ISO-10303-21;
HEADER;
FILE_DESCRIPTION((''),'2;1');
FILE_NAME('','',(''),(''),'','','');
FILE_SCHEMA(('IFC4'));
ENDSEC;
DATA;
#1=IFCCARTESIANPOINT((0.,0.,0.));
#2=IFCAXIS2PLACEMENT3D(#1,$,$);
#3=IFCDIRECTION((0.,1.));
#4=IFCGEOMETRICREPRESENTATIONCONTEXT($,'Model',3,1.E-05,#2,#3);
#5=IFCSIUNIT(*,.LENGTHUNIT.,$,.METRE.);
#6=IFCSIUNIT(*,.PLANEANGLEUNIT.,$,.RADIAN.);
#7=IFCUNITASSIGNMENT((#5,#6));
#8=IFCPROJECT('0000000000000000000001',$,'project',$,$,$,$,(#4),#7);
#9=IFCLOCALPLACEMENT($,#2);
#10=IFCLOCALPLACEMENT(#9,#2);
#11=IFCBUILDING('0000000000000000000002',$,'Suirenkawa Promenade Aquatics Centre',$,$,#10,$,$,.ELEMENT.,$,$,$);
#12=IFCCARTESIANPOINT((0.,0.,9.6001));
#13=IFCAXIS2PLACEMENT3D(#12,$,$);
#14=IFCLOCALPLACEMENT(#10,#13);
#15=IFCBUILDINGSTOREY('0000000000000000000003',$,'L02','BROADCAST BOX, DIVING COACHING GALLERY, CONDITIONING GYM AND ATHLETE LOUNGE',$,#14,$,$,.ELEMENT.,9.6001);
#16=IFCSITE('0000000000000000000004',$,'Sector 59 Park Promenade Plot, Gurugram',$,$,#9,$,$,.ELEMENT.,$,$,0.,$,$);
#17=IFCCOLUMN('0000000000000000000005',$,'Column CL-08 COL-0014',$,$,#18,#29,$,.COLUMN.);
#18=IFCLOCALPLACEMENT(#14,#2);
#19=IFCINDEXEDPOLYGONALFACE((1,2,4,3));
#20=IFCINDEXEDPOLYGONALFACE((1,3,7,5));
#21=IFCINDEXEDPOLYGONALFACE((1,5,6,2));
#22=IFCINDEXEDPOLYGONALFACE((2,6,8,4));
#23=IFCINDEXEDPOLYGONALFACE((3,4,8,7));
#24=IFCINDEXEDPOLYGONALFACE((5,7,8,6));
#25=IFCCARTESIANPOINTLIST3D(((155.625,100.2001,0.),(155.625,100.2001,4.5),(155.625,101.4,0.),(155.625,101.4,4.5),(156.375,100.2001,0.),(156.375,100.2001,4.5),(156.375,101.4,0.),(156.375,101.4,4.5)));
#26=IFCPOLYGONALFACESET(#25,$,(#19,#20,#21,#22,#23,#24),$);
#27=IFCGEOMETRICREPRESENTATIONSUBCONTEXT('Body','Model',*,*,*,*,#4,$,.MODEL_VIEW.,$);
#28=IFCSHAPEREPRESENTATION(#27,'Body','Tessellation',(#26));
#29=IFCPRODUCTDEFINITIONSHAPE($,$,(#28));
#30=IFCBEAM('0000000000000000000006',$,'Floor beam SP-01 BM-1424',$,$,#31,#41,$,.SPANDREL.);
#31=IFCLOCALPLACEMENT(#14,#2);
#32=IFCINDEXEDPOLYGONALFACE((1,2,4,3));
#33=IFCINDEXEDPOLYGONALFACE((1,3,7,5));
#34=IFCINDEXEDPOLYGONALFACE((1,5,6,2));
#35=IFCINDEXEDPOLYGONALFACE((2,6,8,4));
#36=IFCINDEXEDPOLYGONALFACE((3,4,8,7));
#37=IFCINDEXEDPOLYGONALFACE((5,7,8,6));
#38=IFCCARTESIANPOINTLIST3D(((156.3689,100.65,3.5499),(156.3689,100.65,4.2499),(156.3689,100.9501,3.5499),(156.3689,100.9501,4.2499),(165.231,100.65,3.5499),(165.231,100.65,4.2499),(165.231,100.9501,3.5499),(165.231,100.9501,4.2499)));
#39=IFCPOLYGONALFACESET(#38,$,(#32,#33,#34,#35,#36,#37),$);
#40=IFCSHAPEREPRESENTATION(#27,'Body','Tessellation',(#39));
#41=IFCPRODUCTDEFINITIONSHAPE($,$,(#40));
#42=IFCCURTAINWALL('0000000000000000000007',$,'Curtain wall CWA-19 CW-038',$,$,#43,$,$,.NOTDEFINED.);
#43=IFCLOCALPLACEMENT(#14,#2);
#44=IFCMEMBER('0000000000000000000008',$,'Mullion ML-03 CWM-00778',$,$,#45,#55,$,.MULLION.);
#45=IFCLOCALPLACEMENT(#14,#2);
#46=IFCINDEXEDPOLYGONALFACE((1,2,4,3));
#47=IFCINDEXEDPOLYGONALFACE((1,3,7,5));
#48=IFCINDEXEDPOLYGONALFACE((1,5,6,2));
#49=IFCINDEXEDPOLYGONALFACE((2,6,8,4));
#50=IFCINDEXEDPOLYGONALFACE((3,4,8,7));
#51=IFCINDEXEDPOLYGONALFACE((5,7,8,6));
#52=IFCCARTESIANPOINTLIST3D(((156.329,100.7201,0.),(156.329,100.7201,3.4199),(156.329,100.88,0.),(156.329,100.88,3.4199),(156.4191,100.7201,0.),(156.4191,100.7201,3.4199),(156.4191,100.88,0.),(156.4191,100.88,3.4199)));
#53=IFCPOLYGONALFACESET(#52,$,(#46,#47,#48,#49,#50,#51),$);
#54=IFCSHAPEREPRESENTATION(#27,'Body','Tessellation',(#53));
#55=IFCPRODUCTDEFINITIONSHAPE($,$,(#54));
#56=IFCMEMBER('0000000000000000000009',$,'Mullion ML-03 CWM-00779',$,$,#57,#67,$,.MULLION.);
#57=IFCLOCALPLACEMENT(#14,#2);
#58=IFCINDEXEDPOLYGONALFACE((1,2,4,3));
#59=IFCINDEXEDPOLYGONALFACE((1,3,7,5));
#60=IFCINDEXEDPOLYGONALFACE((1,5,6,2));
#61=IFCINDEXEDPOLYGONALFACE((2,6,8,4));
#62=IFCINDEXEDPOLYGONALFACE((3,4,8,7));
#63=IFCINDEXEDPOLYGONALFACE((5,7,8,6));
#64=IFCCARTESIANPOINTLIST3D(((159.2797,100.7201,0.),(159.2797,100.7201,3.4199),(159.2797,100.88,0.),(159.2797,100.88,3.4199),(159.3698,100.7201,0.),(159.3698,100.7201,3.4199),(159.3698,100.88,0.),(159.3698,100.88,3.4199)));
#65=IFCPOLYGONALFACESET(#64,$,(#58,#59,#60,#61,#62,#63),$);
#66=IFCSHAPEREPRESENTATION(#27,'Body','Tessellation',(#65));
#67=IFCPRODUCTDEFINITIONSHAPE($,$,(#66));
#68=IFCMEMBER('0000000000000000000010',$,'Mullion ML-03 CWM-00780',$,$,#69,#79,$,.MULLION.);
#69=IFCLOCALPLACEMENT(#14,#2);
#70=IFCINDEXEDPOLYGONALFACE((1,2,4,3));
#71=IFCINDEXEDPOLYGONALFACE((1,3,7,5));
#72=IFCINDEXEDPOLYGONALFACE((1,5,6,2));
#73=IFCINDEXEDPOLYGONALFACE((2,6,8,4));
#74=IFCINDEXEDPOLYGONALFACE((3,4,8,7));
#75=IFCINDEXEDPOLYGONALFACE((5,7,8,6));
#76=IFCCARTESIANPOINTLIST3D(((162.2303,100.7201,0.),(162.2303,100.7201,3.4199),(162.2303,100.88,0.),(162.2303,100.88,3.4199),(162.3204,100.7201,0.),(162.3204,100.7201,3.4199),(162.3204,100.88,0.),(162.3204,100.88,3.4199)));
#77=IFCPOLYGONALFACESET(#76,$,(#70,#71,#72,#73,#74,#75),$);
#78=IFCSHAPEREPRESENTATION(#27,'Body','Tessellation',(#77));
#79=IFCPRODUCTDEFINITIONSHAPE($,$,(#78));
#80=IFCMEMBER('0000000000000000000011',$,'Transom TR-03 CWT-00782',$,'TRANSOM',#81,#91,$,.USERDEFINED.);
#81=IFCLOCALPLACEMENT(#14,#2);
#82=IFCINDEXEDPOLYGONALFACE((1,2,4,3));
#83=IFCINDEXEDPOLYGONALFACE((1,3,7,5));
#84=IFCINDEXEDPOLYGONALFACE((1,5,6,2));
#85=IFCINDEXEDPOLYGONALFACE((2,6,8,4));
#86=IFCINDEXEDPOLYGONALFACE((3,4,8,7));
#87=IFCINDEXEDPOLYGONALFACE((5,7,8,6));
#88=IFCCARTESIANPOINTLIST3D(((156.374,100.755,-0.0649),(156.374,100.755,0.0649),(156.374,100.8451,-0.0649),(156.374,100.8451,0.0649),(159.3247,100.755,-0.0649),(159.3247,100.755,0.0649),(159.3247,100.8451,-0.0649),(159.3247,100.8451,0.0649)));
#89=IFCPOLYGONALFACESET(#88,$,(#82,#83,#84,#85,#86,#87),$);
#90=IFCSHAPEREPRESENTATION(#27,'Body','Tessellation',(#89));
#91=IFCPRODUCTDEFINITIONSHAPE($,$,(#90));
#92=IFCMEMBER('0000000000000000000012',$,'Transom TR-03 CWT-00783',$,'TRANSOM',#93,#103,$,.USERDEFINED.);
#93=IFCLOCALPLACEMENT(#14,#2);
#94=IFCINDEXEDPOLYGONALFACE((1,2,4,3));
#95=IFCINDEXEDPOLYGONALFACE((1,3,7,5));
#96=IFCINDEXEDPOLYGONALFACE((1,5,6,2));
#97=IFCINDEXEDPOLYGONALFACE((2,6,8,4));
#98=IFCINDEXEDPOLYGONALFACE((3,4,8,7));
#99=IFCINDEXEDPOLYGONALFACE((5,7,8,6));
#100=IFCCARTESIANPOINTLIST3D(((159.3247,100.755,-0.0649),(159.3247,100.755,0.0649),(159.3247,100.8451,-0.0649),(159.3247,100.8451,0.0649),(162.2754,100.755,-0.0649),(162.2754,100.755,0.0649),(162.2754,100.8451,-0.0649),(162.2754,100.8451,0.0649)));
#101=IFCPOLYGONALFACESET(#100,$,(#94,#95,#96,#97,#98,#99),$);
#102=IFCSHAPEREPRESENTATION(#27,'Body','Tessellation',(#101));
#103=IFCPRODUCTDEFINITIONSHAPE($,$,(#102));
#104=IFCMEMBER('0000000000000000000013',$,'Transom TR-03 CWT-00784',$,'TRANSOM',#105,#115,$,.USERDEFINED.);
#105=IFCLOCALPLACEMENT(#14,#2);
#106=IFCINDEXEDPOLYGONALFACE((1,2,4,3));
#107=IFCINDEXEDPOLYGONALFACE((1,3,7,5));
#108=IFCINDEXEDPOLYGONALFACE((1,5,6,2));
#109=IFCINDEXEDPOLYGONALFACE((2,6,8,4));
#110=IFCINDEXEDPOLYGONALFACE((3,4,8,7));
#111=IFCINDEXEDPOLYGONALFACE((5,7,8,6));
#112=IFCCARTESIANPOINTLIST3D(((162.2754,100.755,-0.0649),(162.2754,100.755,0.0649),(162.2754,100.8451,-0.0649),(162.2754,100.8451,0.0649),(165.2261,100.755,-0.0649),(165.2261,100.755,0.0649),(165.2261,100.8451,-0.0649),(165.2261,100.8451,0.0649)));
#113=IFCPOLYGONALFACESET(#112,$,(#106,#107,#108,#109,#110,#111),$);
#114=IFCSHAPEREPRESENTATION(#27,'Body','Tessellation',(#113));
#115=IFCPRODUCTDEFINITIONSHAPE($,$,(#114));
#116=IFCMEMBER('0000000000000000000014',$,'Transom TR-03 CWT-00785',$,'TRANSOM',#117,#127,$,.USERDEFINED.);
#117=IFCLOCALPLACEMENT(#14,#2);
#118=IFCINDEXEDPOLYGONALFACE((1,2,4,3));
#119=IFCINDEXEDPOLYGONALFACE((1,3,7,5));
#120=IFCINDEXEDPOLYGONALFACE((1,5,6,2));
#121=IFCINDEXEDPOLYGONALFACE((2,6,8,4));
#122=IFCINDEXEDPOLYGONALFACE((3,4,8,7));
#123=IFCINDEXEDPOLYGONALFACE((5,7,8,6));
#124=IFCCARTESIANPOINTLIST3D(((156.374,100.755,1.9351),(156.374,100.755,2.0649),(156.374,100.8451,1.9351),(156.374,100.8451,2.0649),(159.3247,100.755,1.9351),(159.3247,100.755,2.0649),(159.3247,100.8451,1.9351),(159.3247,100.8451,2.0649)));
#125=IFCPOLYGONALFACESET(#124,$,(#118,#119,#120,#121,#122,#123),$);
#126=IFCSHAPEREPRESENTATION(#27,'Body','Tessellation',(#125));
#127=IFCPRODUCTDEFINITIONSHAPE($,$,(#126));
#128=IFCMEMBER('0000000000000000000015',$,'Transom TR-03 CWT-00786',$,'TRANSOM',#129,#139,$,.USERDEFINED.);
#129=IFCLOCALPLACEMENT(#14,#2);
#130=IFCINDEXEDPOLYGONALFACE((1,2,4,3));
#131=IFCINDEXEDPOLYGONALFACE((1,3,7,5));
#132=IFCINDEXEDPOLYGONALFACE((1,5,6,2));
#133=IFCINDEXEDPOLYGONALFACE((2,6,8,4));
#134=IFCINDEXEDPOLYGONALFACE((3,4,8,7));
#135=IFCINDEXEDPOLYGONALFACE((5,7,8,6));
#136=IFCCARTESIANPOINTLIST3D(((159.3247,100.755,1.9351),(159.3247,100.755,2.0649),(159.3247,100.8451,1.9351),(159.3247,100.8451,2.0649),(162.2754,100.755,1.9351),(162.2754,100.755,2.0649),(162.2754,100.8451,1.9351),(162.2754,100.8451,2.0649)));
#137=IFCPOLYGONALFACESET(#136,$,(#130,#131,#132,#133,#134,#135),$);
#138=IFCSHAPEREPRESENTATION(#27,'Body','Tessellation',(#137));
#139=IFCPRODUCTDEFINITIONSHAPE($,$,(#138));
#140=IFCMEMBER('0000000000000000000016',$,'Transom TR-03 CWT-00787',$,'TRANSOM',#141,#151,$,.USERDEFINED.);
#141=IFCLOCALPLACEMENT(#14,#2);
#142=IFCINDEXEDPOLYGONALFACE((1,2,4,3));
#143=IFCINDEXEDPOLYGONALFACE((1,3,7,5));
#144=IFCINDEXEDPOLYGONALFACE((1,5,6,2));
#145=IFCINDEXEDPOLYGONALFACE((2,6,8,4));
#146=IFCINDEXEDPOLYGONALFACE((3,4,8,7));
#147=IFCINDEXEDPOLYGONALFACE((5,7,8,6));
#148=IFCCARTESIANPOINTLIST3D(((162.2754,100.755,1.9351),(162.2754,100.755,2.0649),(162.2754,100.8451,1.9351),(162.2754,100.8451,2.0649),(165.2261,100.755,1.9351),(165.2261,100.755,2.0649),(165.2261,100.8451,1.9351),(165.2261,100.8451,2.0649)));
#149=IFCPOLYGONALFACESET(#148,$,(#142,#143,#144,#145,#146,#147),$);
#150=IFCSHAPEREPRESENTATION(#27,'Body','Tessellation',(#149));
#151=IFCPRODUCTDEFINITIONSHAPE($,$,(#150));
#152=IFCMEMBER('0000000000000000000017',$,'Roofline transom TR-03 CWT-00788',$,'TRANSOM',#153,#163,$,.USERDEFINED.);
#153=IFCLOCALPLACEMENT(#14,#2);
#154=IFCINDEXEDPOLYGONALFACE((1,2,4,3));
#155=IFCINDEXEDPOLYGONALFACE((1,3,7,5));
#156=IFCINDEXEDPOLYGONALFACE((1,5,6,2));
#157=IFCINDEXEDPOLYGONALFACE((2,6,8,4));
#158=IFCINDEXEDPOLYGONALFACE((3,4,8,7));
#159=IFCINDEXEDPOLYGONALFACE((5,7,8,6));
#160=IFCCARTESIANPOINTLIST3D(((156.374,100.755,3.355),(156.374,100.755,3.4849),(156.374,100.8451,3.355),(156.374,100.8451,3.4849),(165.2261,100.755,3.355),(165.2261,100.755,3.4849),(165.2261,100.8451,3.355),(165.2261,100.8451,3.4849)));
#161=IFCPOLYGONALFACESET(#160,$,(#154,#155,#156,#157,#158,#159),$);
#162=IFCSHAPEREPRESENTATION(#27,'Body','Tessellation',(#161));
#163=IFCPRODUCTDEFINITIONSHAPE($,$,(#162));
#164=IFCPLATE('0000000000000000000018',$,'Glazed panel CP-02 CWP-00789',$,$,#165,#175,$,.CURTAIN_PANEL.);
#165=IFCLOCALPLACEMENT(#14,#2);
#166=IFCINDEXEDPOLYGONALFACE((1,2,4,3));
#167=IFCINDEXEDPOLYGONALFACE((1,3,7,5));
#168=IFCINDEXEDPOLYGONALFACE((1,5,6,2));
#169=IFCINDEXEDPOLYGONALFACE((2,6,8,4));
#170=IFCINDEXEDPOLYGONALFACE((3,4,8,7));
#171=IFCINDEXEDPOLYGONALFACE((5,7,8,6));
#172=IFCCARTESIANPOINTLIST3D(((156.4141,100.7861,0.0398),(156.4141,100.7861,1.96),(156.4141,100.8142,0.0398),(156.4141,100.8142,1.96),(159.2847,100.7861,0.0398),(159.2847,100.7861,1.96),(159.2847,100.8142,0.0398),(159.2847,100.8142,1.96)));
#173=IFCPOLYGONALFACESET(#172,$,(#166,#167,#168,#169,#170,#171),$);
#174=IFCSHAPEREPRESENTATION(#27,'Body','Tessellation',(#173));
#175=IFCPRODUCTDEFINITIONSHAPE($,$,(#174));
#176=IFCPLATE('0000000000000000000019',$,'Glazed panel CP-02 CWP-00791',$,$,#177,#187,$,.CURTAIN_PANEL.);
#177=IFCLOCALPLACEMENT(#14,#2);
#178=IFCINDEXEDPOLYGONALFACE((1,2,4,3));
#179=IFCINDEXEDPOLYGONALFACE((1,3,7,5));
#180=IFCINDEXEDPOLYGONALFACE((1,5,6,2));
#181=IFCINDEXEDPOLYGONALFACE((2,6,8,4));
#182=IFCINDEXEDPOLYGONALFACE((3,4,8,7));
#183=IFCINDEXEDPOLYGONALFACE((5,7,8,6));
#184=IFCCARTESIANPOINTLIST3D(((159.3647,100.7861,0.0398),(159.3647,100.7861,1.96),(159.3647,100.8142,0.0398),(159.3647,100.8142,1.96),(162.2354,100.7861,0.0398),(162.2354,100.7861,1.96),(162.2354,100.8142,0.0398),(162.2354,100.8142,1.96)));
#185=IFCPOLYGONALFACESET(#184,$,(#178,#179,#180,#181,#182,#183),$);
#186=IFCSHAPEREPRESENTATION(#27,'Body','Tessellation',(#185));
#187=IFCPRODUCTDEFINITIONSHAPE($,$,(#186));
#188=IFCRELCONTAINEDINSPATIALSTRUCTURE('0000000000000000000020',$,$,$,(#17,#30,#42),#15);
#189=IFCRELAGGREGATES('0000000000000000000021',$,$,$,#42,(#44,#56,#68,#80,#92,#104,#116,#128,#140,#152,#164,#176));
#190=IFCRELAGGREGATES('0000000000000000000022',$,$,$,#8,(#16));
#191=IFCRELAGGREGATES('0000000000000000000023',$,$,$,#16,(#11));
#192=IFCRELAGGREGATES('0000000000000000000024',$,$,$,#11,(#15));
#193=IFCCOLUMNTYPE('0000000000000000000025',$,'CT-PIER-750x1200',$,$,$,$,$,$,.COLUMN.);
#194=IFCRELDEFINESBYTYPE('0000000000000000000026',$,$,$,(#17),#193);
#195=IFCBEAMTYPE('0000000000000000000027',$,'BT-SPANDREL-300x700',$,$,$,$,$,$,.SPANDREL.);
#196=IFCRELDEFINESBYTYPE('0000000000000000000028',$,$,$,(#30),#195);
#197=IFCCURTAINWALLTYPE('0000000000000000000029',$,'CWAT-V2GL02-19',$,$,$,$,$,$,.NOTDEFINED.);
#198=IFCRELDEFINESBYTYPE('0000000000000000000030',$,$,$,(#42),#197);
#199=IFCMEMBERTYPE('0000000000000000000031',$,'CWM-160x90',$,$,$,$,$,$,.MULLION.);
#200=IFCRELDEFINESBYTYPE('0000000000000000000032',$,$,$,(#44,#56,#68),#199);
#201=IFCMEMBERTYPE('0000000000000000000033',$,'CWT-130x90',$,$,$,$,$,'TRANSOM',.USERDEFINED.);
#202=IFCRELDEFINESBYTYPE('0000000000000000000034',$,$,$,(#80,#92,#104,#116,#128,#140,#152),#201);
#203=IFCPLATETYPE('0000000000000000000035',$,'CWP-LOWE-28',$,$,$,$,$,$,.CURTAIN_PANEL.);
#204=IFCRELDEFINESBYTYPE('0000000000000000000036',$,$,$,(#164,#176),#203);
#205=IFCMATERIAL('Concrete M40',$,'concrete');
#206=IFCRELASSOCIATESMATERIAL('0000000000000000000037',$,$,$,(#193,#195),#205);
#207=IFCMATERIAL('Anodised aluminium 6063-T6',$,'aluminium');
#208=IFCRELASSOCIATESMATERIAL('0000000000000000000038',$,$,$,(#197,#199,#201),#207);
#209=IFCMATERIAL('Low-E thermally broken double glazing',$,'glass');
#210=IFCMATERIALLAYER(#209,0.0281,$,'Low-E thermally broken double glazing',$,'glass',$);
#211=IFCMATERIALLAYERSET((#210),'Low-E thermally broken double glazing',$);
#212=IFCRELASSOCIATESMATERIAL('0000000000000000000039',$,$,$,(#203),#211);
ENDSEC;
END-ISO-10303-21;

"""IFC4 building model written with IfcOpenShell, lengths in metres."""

from ifc_helpers import new_model, si_unit, direction, frame, origin, origin_2d, place, context, subcontext, project, spatial, polyline, rectangle, outline, extrude, material, layer, layer_set, material_profile, profile_set, type_object, element, aggregate, save


model = new_model("IFC4")

# Units and contexts
model_context = context("Model", 3, precision=1e-05, world=origin(), true_north=direction((0.0, 1.0)))
body_context = subcontext(model_context, "Body", "Model", "MODEL_VIEW")
ifc_project = project(units=[si_unit("LENGTHUNIT", "METRE"), si_unit("PLANEANGLEUNIT", "RADIAN")], contexts=[model_context])

# Site, building, storey
site_placement = place(None, origin())
site = spatial("IfcSite", under=ifc_project, at=site_placement, Name="Sector 59 Park Promenade Plot, Gurugram", CompositionType="ELEMENT", RefElevation=0.0)
building_placement = place(site_placement, origin())
building = spatial("IfcBuilding", under=site, at=building_placement, Name="Suirenkawa Promenade Aquatics Centre", CompositionType="ELEMENT")
storey_placement = place(building_placement, frame((0.0, 0.0, 9.6001)))
storey = spatial("IfcBuildingStorey", under=building, at=storey_placement, Name="L02", Description="BROADCAST BOX, DIVING COACHING GALLERY, CONDITIONING GYM AND ATHLETE LOUNGE", CompositionType="ELEMENT", Elevation=9.6001)

# Column
ifc_material_1 = material(Name="Concrete M40", Category="concrete")
ifc_material_profile_1 = material_profile(ifc_material_1, rectangle(XDim=0.75, YDim=1.2, at=origin_2d()), Name="RC PIER 750x1200", Category="concrete")
ifc_profile_set_1 = profile_set([ifc_material_profile_1], Name="Concrete M40")
column_type = type_object("IfcColumnType", Name="CT-PIER-750x1200", PredefinedType="COLUMN", material=ifc_profile_set_1)
column_placement = place(storey_placement, frame((156.0, 100.8, 0.0), z_axis=(0.0, 0.0, 1.0), x_axis=(1.0, 0.0, 0.0)))
element("IfcColumn", 1, at=column_placement, inside=storey, type_object=column_type, Name="Column CL-08 COL-0014", PredefinedType="COLUMN", context=body_context, shape_type="SweptSolid", body=[
    extrude(rectangle(XDim=0.75, YDim=1.2, at=origin_2d()), origin(), (0.0, 0.0, 1.0), 4.5),
])

# Beam
ifc_material_profile_2 = material_profile(ifc_material_1, rectangle(XDim=0.3, YDim=0.7, at=origin_2d()), Name="RC SPANDREL 300x700", Category="concrete")
ifc_profile_set_2 = profile_set([ifc_material_profile_2], Name="Concrete M40")
beam_type = type_object("IfcBeamType", Name="BT-SPANDREL-300x700", PredefinedType="SPANDREL", material=ifc_profile_set_2)
beam_placement = place(storey_placement, frame((156.3689, 100.8, 3.8999), z_axis=(1.0, 0.0, 0.0), x_axis=(0.0, 1.0, 0.0)))
element("IfcBeam", 2, at=beam_placement, inside=storey, type_object=beam_type, Name="Floor beam SP-01 BM-1424", PredefinedType="SPANDREL", context=body_context, shape_type="SweptSolid", body=[
    extrude(rectangle(XDim=0.3, YDim=0.7, at=origin_2d()), origin(), (0.0, 0.0, 1.0), 8.8621),
])

# Curtain wall, members, plates
ifc_material_2 = material(Name="Anodised aluminium 6063-T6", Category="aluminium")
curtain_wall_type = type_object("IfcCurtainWallType", Name="CWAT-V2GL02-19", PredefinedType="NOTDEFINED", material=ifc_material_2)
curtain_wall_placement = place(storey_placement, origin())
curtain_wall = element("IfcCurtainWall", 3, at=curtain_wall_placement, inside=storey, type_object=curtain_wall_type, Name="Curtain wall CWA-19 CW-038", PredefinedType="NOTDEFINED")
ifc_material_profile_3 = material_profile(ifc_material_2, rectangle(XDim=0.0901, YDim=0.1599, at=origin_2d()), Name="ALU MULL 90x160", Category="aluminium")
ifc_profile_set_3 = profile_set([ifc_material_profile_3], Name="Anodised aluminium 6063-T6")
member_type_1 = type_object("IfcMemberType", Name="CWM-160x90", PredefinedType="MULLION", material=ifc_profile_set_3)
member_1_placement = place(storey_placement, frame((156.374, 100.8, 0.0), z_axis=(0.0, 0.0, 1.0), x_axis=(1.0, 0.0, 0.0)))
member_1 = element("IfcMember", 4, at=member_1_placement, type_object=member_type_1, Name="Mullion ML-03 CWM-00778", PredefinedType="MULLION", context=body_context, shape_type="SweptSolid", body=[
    extrude(rectangle(XDim=0.0901, YDim=0.1599, at=origin_2d()), origin(), (0.0, 0.0, 1.0), 3.4199),
])
member_2_placement = place(storey_placement, frame((159.3247, 100.8, 0.0), z_axis=(0.0, 0.0, 1.0), x_axis=(1.0, 0.0, 0.0)))
member_2 = element("IfcMember", 5, at=member_2_placement, type_object=member_type_1, Name="Mullion ML-03 CWM-00779", PredefinedType="MULLION", context=body_context, shape_type="SweptSolid", body=[
    extrude(rectangle(XDim=0.0901, YDim=0.1599, at=origin_2d()), origin(), (0.0, 0.0, 1.0), 3.4199),
])
member_3_placement = place(storey_placement, frame((162.2754, 100.8, 0.0), z_axis=(0.0, 0.0, 1.0), x_axis=(1.0, 0.0, 0.0)))
member_3 = element("IfcMember", 6, at=member_3_placement, type_object=member_type_1, Name="Mullion ML-03 CWM-00780", PredefinedType="MULLION", context=body_context, shape_type="SweptSolid", body=[
    extrude(rectangle(XDim=0.0901, YDim=0.1599, at=origin_2d()), origin(), (0.0, 0.0, 1.0), 3.4199),
])
ifc_material_profile_4 = material_profile(ifc_material_2, rectangle(XDim=0.0901, YDim=0.1299, at=origin_2d()), Name="ALU TRAN 90x130", Category="aluminium")
ifc_profile_set_4 = profile_set([ifc_material_profile_4], Name="Anodised aluminium 6063-T6")
member_type_2 = type_object("IfcMemberType", Name="CWT-130x90", ElementType="TRANSOM", PredefinedType="USERDEFINED", material=ifc_profile_set_4)
member_4_placement = place(storey_placement, frame((156.374, 100.8, 0.0), z_axis=(1.0, 0.0, 0.0), x_axis=(0.0, 1.0, 0.0)))
member_4 = element("IfcMember", 7, at=member_4_placement, type_object=member_type_2, Name="Transom TR-03 CWT-00782", ObjectType="TRANSOM", PredefinedType="USERDEFINED", context=body_context, shape_type="SweptSolid", body=[
    extrude(rectangle(XDim=0.0901, YDim=0.1299, at=origin_2d()), origin(), (0.0, 0.0, 1.0), 2.9507),
])
member_5_placement = place(storey_placement, frame((159.3247, 100.8, 0.0), z_axis=(1.0, 0.0, 0.0), x_axis=(0.0, 1.0, 0.0)))
member_5 = element("IfcMember", 8, at=member_5_placement, type_object=member_type_2, Name="Transom TR-03 CWT-00783", ObjectType="TRANSOM", PredefinedType="USERDEFINED", context=body_context, shape_type="SweptSolid", body=[
    extrude(rectangle(XDim=0.0901, YDim=0.1299, at=origin_2d()), origin(), (0.0, 0.0, 1.0), 2.9507),
])
member_6_placement = place(storey_placement, frame((162.2754, 100.8, 0.0), z_axis=(1.0, 0.0, 0.0), x_axis=(0.0, 1.0, 0.0)))
member_6 = element("IfcMember", 9, at=member_6_placement, type_object=member_type_2, Name="Transom TR-03 CWT-00784", ObjectType="TRANSOM", PredefinedType="USERDEFINED", context=body_context, shape_type="SweptSolid", body=[
    extrude(rectangle(XDim=0.0901, YDim=0.1299, at=origin_2d()), origin(), (0.0, 0.0, 1.0), 2.9507),
])
member_7_placement = place(storey_placement, frame((156.374, 100.8, 2.0), z_axis=(1.0, 0.0, 0.0), x_axis=(0.0, 1.0, 0.0)))
member_7 = element("IfcMember", 10, at=member_7_placement, type_object=member_type_2, Name="Transom TR-03 CWT-00785", ObjectType="TRANSOM", PredefinedType="USERDEFINED", context=body_context, shape_type="SweptSolid", body=[
    extrude(rectangle(XDim=0.0901, YDim=0.1299, at=origin_2d()), origin(), (0.0, 0.0, 1.0), 2.9507),
])
member_8_placement = place(storey_placement, frame((159.3247, 100.8, 2.0), z_axis=(1.0, 0.0, 0.0), x_axis=(0.0, 1.0, 0.0)))
member_8 = element("IfcMember", 11, at=member_8_placement, type_object=member_type_2, Name="Transom TR-03 CWT-00786", ObjectType="TRANSOM", PredefinedType="USERDEFINED", context=body_context, shape_type="SweptSolid", body=[
    extrude(rectangle(XDim=0.0901, YDim=0.1299, at=origin_2d()), origin(), (0.0, 0.0, 1.0), 2.9507),
])
member_9_placement = place(storey_placement, frame((162.2754, 100.8, 2.0), z_axis=(1.0, 0.0, 0.0), x_axis=(0.0, 1.0, 0.0)))
member_9 = element("IfcMember", 12, at=member_9_placement, type_object=member_type_2, Name="Transom TR-03 CWT-00787", ObjectType="TRANSOM", PredefinedType="USERDEFINED", context=body_context, shape_type="SweptSolid", body=[
    extrude(rectangle(XDim=0.0901, YDim=0.1299, at=origin_2d()), origin(), (0.0, 0.0, 1.0), 2.9507),
])
member_10_placement = place(storey_placement, frame((156.374, 100.8, 3.4199), z_axis=(1.0, 0.0, 0.0), x_axis=(0.0, 1.0, 0.0)))
member_10 = element("IfcMember", 13, at=member_10_placement, type_object=member_type_2, Name="Roofline transom TR-03 CWT-00788", ObjectType="TRANSOM", PredefinedType="USERDEFINED", context=body_context, shape_type="SweptSolid", body=[
    extrude(rectangle(XDim=0.0901, YDim=0.1299, at=origin_2d()), origin(), (0.0, 0.0, 1.0), 8.8521),
])
ifc_material_3 = material(Name="Low-E thermally broken double glazing", Category="glass")
ifc_layer_1 = layer(ifc_material_3, 0.0281, Name="Low-E thermally broken double glazing", Category="glass")
ifc_layer_set_1 = layer_set([ifc_layer_1], Name="Low-E thermally broken double glazing")
plate_type = type_object("IfcPlateType", Name="CWP-LOWE-28", PredefinedType="CURTAIN_PANEL", material=ifc_layer_set_1)
plate_1_placement = place(storey_placement, frame((156.374, 100.8, 0.0398), z_axis=(0.0, 0.0, 1.0), x_axis=(1.0, 0.0, 0.0)))
plate_1 = element("IfcPlate", 14, at=plate_1_placement, type_object=plate_type, Name="Glazed panel CP-02 CWP-00789", PredefinedType="CURTAIN_PANEL", context=body_context, shape_type="SweptSolid", body=[
    extrude(outline(polyline([(0.04, 0.0), (2.9106, 0.0), (2.9106, 1.9202), (0.04, 1.9202), (0.04, 0.0)])), frame((0.0, 0.0142, 0.0), z_axis=(0.0, -1.0, 0.0), x_axis=(1.0, 0.0, 0.0)), (0.0, 0.0, 1.0), 0.0281),
])
plate_2_placement = place(storey_placement, frame((159.3247, 100.8, 0.0398), z_axis=(0.0, 0.0, 1.0), x_axis=(1.0, 0.0, 0.0)))
plate_2 = element("IfcPlate", 15, at=plate_2_placement, type_object=plate_type, Name="Glazed panel CP-02 CWP-00791", PredefinedType="CURTAIN_PANEL", context=body_context, shape_type="SweptSolid", body=[
    extrude(outline(polyline([(0.04, 0.0), (2.9106, 0.0), (2.9106, 1.9202), (0.04, 1.9202), (0.04, 0.0)])), frame((0.0, 0.0142, 0.0), z_axis=(0.0, -1.0, 0.0), x_axis=(1.0, 0.0, 0.0)), (0.0, 0.0, 1.0), 0.0281),
])
aggregate(curtain_wall, [member_1, member_2, member_3, member_4, member_5, member_6, member_7, member_8, member_9, member_10, plate_1, plate_2])

save(model, "model.ifc")
